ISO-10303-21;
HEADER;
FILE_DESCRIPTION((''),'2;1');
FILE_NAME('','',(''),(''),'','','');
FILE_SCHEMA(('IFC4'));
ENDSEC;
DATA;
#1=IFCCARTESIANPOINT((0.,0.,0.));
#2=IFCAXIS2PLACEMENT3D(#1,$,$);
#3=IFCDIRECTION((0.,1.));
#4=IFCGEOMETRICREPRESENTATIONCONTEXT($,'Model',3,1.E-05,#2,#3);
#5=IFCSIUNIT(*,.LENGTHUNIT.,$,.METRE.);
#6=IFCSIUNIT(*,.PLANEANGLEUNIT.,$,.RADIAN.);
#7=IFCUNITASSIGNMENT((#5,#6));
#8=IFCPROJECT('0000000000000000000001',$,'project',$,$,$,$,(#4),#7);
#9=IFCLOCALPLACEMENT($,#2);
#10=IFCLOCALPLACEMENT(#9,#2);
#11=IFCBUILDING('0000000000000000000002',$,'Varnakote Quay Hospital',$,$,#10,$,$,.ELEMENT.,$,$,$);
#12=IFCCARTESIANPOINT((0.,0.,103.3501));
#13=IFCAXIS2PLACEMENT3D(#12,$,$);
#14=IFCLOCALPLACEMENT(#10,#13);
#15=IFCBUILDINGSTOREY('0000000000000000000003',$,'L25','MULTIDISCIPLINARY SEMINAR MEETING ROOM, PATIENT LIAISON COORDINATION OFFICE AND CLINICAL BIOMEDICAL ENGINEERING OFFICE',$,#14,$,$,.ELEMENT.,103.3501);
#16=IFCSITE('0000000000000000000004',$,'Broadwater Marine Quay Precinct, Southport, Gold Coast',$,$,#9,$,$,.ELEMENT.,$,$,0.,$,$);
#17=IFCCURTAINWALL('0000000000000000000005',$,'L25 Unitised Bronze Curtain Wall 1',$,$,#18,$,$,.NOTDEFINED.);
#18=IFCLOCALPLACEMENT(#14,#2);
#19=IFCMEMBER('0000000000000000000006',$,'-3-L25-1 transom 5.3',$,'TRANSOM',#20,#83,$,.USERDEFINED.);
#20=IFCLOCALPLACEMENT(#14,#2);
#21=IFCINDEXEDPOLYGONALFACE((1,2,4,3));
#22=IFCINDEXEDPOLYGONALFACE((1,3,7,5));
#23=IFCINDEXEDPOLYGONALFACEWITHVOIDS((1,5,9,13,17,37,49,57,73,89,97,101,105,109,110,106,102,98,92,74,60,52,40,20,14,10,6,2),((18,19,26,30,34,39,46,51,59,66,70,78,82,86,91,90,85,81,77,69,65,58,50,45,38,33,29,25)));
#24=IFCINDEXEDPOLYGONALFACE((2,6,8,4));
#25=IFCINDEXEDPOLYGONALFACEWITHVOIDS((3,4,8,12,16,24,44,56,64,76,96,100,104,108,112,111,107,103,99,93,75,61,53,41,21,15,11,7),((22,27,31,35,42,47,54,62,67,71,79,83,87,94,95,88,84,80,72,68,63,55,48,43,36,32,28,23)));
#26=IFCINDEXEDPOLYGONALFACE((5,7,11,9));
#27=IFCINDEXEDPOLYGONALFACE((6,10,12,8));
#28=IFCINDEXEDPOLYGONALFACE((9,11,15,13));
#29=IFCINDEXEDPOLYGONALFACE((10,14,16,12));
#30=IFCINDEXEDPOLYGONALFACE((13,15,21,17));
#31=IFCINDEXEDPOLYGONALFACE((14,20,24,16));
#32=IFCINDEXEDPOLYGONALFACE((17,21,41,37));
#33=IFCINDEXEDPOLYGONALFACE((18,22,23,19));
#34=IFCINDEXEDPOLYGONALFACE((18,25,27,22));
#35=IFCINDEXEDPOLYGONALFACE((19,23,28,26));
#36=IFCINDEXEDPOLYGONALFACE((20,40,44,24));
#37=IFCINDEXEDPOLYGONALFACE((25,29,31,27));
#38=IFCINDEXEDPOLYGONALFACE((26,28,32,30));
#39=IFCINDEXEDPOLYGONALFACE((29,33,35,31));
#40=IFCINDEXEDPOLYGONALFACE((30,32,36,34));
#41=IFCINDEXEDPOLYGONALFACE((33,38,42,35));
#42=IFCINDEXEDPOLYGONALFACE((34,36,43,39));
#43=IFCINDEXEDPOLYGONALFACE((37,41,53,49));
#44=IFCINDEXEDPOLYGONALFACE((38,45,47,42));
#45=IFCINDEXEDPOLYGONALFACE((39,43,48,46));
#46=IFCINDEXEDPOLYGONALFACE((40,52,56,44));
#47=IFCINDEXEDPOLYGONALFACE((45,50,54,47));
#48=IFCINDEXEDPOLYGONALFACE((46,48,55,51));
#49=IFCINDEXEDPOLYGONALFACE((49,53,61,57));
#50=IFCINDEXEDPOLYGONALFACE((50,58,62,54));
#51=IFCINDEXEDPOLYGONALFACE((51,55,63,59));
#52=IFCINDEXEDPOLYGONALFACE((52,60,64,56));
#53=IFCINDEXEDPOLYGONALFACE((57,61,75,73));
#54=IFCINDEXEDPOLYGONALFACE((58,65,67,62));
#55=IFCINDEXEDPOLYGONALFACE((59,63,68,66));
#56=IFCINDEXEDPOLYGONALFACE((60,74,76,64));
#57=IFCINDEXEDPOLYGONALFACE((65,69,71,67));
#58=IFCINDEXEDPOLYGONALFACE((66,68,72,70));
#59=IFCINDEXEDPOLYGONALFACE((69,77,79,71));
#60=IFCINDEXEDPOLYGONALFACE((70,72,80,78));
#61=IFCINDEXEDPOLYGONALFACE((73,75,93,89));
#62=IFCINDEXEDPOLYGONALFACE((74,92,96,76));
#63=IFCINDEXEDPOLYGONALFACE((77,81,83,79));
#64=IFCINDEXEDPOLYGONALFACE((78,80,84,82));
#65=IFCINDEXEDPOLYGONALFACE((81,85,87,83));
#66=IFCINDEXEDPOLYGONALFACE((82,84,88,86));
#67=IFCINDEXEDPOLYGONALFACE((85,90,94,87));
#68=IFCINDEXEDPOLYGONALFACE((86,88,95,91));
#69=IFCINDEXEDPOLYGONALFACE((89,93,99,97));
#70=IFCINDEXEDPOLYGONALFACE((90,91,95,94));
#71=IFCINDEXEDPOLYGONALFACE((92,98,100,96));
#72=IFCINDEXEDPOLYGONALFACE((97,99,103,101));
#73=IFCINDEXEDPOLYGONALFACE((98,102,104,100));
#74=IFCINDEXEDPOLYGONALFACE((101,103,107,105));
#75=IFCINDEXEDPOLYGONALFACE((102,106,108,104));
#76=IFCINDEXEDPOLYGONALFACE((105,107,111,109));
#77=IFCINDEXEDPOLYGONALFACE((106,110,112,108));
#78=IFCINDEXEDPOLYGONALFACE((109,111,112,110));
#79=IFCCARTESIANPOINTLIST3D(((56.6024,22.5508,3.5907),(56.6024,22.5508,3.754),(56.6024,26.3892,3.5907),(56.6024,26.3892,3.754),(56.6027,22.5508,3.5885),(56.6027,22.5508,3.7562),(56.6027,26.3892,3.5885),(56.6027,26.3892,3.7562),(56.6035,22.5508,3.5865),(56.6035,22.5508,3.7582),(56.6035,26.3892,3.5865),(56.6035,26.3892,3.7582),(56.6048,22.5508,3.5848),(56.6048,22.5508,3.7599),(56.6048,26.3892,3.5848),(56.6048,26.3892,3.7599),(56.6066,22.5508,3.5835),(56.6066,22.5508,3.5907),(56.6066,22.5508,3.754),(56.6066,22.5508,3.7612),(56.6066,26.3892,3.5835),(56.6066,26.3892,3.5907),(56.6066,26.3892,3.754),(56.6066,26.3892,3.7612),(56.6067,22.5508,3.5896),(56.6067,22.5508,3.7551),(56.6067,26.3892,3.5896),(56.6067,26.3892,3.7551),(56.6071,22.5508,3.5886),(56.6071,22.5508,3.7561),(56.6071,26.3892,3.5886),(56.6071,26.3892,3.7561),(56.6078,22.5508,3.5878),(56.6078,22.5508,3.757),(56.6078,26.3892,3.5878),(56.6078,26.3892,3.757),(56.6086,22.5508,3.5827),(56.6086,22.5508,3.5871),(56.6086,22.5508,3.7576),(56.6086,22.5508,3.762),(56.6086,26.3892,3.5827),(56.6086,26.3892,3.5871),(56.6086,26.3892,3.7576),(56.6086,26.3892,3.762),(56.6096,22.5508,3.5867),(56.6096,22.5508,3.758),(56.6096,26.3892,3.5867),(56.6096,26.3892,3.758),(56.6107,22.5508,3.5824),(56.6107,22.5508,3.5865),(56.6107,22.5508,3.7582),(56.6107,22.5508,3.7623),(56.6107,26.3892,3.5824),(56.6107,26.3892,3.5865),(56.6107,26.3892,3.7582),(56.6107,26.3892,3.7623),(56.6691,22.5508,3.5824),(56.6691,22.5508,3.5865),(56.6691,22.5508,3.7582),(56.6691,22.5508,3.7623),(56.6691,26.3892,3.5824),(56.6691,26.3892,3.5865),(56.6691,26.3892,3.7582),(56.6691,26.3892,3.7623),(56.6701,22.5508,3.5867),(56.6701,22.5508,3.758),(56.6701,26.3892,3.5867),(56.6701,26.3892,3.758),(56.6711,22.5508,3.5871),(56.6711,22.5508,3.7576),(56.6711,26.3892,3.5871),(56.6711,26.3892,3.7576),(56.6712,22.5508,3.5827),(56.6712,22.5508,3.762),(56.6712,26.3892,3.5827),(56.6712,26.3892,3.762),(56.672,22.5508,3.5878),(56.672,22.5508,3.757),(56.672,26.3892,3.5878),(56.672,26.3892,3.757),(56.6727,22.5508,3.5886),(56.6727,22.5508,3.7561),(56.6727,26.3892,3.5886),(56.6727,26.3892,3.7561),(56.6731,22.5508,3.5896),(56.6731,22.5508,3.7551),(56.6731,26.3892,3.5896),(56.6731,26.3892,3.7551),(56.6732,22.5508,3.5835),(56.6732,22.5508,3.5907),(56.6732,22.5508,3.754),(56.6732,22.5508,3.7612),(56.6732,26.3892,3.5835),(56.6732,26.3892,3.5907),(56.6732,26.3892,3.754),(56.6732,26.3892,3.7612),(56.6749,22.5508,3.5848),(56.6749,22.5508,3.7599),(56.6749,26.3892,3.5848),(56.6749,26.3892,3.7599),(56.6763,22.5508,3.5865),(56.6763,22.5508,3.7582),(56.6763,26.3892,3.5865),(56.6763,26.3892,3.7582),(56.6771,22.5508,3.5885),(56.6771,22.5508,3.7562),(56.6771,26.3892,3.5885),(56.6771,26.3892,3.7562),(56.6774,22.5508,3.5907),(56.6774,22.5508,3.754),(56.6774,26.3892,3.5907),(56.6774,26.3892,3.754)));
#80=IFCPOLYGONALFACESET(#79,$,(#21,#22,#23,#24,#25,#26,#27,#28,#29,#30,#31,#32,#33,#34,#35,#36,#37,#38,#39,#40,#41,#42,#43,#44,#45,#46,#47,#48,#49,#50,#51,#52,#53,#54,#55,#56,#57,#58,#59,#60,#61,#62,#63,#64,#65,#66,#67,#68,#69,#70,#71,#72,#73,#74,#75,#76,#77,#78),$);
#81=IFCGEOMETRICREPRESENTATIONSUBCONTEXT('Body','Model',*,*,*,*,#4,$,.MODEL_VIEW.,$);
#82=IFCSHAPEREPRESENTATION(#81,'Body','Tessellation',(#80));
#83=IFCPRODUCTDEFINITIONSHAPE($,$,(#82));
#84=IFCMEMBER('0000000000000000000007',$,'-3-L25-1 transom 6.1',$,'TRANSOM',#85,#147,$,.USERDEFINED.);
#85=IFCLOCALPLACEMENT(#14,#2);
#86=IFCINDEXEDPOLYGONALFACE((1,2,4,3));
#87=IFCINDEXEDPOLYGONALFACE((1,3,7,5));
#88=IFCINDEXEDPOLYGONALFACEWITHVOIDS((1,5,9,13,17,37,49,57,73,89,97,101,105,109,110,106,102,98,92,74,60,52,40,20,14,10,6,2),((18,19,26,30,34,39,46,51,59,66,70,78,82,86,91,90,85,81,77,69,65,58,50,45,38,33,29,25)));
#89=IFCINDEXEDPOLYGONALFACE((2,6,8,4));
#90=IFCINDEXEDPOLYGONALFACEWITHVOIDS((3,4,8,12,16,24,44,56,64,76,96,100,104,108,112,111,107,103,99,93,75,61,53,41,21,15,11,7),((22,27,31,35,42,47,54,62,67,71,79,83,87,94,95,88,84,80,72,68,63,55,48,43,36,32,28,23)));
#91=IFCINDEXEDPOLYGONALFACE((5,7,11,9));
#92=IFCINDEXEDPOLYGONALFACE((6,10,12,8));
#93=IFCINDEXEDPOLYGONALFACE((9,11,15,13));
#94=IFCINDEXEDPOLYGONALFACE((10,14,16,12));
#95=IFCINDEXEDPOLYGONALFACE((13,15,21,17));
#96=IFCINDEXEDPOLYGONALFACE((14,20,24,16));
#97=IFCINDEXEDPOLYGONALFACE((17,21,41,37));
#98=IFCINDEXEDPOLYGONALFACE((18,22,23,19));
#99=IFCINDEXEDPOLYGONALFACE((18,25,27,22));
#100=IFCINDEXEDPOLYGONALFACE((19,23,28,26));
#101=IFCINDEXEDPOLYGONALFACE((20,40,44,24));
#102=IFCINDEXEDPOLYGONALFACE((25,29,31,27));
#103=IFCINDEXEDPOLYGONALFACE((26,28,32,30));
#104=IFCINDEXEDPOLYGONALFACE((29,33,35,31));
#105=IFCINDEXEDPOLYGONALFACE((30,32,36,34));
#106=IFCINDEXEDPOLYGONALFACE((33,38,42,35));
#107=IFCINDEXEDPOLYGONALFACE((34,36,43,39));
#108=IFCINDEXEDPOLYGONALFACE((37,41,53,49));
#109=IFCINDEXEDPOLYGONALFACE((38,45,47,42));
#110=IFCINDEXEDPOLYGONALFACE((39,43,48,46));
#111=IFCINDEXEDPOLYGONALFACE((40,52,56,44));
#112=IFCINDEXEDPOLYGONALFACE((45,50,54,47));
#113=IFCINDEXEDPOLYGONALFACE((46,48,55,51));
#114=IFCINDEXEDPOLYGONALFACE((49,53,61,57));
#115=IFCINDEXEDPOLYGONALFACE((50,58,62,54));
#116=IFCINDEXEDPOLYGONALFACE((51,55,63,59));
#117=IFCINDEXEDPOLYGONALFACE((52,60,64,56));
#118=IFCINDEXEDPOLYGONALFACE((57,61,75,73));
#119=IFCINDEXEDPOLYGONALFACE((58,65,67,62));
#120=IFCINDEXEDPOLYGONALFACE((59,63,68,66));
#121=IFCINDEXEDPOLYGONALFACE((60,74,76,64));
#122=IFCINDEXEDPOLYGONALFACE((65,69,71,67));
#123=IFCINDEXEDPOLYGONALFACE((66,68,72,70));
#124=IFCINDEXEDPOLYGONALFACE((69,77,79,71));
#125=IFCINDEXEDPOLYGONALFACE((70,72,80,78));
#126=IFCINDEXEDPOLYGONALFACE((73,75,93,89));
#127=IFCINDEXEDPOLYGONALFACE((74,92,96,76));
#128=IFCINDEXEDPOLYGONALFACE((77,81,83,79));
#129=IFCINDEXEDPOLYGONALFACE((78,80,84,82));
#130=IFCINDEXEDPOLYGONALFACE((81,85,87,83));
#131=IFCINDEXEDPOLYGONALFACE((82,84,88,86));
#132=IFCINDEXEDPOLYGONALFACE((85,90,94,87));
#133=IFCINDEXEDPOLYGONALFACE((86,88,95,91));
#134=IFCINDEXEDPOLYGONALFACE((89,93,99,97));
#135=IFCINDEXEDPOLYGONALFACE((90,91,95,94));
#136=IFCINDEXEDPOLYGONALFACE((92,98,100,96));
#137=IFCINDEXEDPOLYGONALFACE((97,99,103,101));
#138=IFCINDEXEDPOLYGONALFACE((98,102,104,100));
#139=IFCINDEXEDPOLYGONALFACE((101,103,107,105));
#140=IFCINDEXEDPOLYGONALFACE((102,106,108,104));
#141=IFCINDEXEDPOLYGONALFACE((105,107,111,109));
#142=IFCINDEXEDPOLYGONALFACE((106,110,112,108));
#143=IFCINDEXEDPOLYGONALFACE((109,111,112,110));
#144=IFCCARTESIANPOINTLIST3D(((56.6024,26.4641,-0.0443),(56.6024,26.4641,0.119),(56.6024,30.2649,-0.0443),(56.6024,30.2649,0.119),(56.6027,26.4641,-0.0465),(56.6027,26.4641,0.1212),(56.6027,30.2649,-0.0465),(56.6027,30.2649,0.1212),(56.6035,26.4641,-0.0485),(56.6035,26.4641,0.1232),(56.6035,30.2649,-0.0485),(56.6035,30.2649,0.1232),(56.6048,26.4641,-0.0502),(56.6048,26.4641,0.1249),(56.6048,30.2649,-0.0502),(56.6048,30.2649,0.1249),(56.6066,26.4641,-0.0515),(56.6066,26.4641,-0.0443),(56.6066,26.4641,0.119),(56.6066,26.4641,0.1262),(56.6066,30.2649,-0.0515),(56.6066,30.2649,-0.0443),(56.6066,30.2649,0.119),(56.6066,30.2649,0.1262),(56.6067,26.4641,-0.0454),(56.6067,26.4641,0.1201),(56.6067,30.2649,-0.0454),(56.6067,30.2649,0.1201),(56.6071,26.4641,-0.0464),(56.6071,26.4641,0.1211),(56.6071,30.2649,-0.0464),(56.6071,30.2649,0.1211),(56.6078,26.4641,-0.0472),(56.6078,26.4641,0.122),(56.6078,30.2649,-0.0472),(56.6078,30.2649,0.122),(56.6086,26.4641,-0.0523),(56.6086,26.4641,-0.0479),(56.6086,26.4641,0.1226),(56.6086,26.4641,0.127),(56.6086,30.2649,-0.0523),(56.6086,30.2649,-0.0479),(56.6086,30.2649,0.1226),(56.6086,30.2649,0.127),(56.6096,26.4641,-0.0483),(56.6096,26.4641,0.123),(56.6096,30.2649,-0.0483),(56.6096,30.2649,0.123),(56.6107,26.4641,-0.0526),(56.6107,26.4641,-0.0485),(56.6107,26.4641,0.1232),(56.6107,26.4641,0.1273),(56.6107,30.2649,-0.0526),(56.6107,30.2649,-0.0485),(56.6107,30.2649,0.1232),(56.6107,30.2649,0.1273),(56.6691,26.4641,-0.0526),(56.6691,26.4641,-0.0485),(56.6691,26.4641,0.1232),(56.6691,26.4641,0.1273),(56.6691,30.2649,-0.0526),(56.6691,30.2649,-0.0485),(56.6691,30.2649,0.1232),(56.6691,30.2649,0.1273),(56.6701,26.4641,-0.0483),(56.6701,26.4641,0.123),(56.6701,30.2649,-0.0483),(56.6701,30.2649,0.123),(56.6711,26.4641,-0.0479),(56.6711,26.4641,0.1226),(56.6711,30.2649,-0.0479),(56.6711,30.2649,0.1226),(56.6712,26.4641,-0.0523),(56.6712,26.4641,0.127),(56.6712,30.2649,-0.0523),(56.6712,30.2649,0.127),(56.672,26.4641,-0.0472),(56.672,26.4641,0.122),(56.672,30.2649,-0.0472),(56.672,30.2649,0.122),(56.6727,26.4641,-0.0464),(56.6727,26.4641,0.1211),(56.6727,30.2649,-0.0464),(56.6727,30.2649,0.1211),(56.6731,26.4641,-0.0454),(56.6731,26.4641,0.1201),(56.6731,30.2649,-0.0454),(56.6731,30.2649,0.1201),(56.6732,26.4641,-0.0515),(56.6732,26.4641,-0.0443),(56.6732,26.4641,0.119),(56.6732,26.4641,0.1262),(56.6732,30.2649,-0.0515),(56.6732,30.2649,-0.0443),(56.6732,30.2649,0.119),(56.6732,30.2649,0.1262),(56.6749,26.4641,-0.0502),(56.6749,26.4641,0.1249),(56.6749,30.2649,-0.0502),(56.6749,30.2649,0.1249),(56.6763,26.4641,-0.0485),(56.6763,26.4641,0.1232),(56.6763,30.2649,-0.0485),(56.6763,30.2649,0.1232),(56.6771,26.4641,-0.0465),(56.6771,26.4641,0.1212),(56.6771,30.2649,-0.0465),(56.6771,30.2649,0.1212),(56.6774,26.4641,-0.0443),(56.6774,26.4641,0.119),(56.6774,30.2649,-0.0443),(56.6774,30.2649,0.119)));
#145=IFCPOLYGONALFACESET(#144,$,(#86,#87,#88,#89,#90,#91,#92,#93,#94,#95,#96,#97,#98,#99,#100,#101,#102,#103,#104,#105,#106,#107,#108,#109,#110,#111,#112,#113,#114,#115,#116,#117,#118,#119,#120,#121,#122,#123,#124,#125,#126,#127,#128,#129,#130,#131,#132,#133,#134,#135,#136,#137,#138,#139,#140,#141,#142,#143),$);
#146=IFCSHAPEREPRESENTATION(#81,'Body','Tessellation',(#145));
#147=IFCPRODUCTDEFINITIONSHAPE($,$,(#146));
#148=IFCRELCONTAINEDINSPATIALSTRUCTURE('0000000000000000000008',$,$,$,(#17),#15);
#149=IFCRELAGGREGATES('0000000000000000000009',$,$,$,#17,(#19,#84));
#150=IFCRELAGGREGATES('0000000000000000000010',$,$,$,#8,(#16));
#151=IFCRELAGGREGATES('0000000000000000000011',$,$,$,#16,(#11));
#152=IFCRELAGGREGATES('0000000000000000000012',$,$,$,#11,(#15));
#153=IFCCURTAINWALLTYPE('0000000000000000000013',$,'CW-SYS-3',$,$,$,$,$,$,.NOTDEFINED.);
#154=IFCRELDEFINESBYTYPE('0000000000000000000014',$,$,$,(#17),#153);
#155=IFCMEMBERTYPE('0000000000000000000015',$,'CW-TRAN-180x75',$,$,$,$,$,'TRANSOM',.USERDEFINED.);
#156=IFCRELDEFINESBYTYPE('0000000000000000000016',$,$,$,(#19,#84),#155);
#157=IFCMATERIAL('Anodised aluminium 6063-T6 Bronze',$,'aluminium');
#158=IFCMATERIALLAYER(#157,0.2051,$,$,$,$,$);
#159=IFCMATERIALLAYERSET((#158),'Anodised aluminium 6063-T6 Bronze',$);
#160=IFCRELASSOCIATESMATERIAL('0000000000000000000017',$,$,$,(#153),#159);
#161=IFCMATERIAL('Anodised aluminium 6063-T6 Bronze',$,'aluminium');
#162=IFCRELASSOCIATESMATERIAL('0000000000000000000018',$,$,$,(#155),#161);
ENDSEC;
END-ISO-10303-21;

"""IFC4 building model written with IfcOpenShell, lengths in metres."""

from ifc_helpers import new_model, si_unit, direction, frame, origin, origin_2d, place, context, subcontext, project, spatial, hollow_rectangle, extrude, material, layer, layer_set, material_profile, profile_set, type_object, element, aggregate, save


model = new_model("IFC4")

# Units and contexts
model_context = context("Model", 3, precision=1e-05, world=origin(), true_north=direction((0.0, 1.0)))
body_context = subcontext(model_context, "Body", "Model", "MODEL_VIEW")
ifc_project = project(units=[si_unit("LENGTHUNIT", "METRE"), si_unit("PLANEANGLEUNIT", "RADIAN")], contexts=[model_context])

# Site, building, storey
site_placement = place(None, origin())
site = spatial("IfcSite", under=ifc_project, at=site_placement, Name="Broadwater Marine Quay Precinct, Southport, Gold Coast", CompositionType="ELEMENT", RefElevation=0.0)
building_placement = place(site_placement, origin())
building = spatial("IfcBuilding", under=site, at=building_placement, Name="Varnakote Quay Hospital", CompositionType="ELEMENT")
storey_placement = place(building_placement, frame((0.0, 0.0, 103.3501)))
storey = spatial("IfcBuildingStorey", under=building, at=storey_placement, Name="L25", Description="MULTIDISCIPLINARY SEMINAR MEETING ROOM, PATIENT LIAISON COORDINATION OFFICE AND CLINICAL BIOMEDICAL ENGINEERING OFFICE", CompositionType="ELEMENT", Elevation=103.3501)

# Curtain wall
ifc_material_1 = material(Name="Anodised aluminium 6063-T6 Bronze", Category="aluminium")
ifc_layer_1 = layer(ifc_material_1, 0.2051)
ifc_layer_set_1 = layer_set([ifc_layer_1], Name="Anodised aluminium 6063-T6 Bronze")
curtain_wall_type = type_object("IfcCurtainWallType", Name="CW-SYS-3", PredefinedType="NOTDEFINED", material=ifc_layer_set_1)
curtain_wall_1_placement = place(storey_placement, origin())
curtain_wall_1 = element("IfcCurtainWall", 1, at=curtain_wall_1_placement, inside=storey, type_object=curtain_wall_type, Name="L25 Unitised Bronze Curtain Wall 1", PredefinedType="NOTDEFINED")

# Members
ifc_material_2 = material(Name="Anodised aluminium 6063-T6 Bronze", Category="aluminium")
ifc_material_profile_1 = material_profile(ifc_material_2, hollow_rectangle(XDim=0.075, YDim=0.1799, WallThickness=0.0042, InnerFilletRadius=0.0042, OuterFilletRadius=0.0083, at=origin_2d()), Name="CW-TRAN-180x75")
ifc_profile_set_1 = profile_set([ifc_material_profile_1], Name="Anodised aluminium 6063-T6 Bronze")
member_type_1 = type_object("IfcMemberType", Name="CW-TRAN-180x75", ElementType="TRANSOM", PredefinedType="USERDEFINED", material=ifc_profile_set_1)
member_1_placement = place(storey_placement, frame((56.6399, 22.5508, 3.6724), z_axis=(0.0, 1.0, 0.0), x_axis=(-1.0, 0.0, 0.0)))
member_1 = element("IfcMember", 2, at=member_1_placement, type_object=member_type_1, Name="-3-L25-1 transom 5.3", ObjectType="TRANSOM", PredefinedType="USERDEFINED", context=body_context, shape_type="SweptSolid", body=[
    extrude(hollow_rectangle(XDim=0.075, YDim=0.1799, WallThickness=0.0042, InnerFilletRadius=0.0042, OuterFilletRadius=0.0083, at=origin_2d()), origin(), (0.0, 0.0, 1.0), 3.8384),
])
member_2_placement = place(storey_placement, frame((56.6399, 26.4641, 0.0374), z_axis=(0.0, 1.0, 0.0), x_axis=(-1.0, 0.0, 0.0)))
member_2 = element("IfcMember", 3, at=member_2_placement, type_object=member_type_1, Name="-3-L25-1 transom 6.1", ObjectType="TRANSOM", PredefinedType="USERDEFINED", context=body_context, shape_type="SweptSolid", body=[
    extrude(hollow_rectangle(XDim=0.075, YDim=0.1799, WallThickness=0.0042, InnerFilletRadius=0.0042, OuterFilletRadius=0.0083, at=origin_2d()), origin(), (0.0, 0.0, 1.0), 3.8008),
])

aggregate(curtain_wall_1, [member_1, member_2])

save(model, "model.ifc")
